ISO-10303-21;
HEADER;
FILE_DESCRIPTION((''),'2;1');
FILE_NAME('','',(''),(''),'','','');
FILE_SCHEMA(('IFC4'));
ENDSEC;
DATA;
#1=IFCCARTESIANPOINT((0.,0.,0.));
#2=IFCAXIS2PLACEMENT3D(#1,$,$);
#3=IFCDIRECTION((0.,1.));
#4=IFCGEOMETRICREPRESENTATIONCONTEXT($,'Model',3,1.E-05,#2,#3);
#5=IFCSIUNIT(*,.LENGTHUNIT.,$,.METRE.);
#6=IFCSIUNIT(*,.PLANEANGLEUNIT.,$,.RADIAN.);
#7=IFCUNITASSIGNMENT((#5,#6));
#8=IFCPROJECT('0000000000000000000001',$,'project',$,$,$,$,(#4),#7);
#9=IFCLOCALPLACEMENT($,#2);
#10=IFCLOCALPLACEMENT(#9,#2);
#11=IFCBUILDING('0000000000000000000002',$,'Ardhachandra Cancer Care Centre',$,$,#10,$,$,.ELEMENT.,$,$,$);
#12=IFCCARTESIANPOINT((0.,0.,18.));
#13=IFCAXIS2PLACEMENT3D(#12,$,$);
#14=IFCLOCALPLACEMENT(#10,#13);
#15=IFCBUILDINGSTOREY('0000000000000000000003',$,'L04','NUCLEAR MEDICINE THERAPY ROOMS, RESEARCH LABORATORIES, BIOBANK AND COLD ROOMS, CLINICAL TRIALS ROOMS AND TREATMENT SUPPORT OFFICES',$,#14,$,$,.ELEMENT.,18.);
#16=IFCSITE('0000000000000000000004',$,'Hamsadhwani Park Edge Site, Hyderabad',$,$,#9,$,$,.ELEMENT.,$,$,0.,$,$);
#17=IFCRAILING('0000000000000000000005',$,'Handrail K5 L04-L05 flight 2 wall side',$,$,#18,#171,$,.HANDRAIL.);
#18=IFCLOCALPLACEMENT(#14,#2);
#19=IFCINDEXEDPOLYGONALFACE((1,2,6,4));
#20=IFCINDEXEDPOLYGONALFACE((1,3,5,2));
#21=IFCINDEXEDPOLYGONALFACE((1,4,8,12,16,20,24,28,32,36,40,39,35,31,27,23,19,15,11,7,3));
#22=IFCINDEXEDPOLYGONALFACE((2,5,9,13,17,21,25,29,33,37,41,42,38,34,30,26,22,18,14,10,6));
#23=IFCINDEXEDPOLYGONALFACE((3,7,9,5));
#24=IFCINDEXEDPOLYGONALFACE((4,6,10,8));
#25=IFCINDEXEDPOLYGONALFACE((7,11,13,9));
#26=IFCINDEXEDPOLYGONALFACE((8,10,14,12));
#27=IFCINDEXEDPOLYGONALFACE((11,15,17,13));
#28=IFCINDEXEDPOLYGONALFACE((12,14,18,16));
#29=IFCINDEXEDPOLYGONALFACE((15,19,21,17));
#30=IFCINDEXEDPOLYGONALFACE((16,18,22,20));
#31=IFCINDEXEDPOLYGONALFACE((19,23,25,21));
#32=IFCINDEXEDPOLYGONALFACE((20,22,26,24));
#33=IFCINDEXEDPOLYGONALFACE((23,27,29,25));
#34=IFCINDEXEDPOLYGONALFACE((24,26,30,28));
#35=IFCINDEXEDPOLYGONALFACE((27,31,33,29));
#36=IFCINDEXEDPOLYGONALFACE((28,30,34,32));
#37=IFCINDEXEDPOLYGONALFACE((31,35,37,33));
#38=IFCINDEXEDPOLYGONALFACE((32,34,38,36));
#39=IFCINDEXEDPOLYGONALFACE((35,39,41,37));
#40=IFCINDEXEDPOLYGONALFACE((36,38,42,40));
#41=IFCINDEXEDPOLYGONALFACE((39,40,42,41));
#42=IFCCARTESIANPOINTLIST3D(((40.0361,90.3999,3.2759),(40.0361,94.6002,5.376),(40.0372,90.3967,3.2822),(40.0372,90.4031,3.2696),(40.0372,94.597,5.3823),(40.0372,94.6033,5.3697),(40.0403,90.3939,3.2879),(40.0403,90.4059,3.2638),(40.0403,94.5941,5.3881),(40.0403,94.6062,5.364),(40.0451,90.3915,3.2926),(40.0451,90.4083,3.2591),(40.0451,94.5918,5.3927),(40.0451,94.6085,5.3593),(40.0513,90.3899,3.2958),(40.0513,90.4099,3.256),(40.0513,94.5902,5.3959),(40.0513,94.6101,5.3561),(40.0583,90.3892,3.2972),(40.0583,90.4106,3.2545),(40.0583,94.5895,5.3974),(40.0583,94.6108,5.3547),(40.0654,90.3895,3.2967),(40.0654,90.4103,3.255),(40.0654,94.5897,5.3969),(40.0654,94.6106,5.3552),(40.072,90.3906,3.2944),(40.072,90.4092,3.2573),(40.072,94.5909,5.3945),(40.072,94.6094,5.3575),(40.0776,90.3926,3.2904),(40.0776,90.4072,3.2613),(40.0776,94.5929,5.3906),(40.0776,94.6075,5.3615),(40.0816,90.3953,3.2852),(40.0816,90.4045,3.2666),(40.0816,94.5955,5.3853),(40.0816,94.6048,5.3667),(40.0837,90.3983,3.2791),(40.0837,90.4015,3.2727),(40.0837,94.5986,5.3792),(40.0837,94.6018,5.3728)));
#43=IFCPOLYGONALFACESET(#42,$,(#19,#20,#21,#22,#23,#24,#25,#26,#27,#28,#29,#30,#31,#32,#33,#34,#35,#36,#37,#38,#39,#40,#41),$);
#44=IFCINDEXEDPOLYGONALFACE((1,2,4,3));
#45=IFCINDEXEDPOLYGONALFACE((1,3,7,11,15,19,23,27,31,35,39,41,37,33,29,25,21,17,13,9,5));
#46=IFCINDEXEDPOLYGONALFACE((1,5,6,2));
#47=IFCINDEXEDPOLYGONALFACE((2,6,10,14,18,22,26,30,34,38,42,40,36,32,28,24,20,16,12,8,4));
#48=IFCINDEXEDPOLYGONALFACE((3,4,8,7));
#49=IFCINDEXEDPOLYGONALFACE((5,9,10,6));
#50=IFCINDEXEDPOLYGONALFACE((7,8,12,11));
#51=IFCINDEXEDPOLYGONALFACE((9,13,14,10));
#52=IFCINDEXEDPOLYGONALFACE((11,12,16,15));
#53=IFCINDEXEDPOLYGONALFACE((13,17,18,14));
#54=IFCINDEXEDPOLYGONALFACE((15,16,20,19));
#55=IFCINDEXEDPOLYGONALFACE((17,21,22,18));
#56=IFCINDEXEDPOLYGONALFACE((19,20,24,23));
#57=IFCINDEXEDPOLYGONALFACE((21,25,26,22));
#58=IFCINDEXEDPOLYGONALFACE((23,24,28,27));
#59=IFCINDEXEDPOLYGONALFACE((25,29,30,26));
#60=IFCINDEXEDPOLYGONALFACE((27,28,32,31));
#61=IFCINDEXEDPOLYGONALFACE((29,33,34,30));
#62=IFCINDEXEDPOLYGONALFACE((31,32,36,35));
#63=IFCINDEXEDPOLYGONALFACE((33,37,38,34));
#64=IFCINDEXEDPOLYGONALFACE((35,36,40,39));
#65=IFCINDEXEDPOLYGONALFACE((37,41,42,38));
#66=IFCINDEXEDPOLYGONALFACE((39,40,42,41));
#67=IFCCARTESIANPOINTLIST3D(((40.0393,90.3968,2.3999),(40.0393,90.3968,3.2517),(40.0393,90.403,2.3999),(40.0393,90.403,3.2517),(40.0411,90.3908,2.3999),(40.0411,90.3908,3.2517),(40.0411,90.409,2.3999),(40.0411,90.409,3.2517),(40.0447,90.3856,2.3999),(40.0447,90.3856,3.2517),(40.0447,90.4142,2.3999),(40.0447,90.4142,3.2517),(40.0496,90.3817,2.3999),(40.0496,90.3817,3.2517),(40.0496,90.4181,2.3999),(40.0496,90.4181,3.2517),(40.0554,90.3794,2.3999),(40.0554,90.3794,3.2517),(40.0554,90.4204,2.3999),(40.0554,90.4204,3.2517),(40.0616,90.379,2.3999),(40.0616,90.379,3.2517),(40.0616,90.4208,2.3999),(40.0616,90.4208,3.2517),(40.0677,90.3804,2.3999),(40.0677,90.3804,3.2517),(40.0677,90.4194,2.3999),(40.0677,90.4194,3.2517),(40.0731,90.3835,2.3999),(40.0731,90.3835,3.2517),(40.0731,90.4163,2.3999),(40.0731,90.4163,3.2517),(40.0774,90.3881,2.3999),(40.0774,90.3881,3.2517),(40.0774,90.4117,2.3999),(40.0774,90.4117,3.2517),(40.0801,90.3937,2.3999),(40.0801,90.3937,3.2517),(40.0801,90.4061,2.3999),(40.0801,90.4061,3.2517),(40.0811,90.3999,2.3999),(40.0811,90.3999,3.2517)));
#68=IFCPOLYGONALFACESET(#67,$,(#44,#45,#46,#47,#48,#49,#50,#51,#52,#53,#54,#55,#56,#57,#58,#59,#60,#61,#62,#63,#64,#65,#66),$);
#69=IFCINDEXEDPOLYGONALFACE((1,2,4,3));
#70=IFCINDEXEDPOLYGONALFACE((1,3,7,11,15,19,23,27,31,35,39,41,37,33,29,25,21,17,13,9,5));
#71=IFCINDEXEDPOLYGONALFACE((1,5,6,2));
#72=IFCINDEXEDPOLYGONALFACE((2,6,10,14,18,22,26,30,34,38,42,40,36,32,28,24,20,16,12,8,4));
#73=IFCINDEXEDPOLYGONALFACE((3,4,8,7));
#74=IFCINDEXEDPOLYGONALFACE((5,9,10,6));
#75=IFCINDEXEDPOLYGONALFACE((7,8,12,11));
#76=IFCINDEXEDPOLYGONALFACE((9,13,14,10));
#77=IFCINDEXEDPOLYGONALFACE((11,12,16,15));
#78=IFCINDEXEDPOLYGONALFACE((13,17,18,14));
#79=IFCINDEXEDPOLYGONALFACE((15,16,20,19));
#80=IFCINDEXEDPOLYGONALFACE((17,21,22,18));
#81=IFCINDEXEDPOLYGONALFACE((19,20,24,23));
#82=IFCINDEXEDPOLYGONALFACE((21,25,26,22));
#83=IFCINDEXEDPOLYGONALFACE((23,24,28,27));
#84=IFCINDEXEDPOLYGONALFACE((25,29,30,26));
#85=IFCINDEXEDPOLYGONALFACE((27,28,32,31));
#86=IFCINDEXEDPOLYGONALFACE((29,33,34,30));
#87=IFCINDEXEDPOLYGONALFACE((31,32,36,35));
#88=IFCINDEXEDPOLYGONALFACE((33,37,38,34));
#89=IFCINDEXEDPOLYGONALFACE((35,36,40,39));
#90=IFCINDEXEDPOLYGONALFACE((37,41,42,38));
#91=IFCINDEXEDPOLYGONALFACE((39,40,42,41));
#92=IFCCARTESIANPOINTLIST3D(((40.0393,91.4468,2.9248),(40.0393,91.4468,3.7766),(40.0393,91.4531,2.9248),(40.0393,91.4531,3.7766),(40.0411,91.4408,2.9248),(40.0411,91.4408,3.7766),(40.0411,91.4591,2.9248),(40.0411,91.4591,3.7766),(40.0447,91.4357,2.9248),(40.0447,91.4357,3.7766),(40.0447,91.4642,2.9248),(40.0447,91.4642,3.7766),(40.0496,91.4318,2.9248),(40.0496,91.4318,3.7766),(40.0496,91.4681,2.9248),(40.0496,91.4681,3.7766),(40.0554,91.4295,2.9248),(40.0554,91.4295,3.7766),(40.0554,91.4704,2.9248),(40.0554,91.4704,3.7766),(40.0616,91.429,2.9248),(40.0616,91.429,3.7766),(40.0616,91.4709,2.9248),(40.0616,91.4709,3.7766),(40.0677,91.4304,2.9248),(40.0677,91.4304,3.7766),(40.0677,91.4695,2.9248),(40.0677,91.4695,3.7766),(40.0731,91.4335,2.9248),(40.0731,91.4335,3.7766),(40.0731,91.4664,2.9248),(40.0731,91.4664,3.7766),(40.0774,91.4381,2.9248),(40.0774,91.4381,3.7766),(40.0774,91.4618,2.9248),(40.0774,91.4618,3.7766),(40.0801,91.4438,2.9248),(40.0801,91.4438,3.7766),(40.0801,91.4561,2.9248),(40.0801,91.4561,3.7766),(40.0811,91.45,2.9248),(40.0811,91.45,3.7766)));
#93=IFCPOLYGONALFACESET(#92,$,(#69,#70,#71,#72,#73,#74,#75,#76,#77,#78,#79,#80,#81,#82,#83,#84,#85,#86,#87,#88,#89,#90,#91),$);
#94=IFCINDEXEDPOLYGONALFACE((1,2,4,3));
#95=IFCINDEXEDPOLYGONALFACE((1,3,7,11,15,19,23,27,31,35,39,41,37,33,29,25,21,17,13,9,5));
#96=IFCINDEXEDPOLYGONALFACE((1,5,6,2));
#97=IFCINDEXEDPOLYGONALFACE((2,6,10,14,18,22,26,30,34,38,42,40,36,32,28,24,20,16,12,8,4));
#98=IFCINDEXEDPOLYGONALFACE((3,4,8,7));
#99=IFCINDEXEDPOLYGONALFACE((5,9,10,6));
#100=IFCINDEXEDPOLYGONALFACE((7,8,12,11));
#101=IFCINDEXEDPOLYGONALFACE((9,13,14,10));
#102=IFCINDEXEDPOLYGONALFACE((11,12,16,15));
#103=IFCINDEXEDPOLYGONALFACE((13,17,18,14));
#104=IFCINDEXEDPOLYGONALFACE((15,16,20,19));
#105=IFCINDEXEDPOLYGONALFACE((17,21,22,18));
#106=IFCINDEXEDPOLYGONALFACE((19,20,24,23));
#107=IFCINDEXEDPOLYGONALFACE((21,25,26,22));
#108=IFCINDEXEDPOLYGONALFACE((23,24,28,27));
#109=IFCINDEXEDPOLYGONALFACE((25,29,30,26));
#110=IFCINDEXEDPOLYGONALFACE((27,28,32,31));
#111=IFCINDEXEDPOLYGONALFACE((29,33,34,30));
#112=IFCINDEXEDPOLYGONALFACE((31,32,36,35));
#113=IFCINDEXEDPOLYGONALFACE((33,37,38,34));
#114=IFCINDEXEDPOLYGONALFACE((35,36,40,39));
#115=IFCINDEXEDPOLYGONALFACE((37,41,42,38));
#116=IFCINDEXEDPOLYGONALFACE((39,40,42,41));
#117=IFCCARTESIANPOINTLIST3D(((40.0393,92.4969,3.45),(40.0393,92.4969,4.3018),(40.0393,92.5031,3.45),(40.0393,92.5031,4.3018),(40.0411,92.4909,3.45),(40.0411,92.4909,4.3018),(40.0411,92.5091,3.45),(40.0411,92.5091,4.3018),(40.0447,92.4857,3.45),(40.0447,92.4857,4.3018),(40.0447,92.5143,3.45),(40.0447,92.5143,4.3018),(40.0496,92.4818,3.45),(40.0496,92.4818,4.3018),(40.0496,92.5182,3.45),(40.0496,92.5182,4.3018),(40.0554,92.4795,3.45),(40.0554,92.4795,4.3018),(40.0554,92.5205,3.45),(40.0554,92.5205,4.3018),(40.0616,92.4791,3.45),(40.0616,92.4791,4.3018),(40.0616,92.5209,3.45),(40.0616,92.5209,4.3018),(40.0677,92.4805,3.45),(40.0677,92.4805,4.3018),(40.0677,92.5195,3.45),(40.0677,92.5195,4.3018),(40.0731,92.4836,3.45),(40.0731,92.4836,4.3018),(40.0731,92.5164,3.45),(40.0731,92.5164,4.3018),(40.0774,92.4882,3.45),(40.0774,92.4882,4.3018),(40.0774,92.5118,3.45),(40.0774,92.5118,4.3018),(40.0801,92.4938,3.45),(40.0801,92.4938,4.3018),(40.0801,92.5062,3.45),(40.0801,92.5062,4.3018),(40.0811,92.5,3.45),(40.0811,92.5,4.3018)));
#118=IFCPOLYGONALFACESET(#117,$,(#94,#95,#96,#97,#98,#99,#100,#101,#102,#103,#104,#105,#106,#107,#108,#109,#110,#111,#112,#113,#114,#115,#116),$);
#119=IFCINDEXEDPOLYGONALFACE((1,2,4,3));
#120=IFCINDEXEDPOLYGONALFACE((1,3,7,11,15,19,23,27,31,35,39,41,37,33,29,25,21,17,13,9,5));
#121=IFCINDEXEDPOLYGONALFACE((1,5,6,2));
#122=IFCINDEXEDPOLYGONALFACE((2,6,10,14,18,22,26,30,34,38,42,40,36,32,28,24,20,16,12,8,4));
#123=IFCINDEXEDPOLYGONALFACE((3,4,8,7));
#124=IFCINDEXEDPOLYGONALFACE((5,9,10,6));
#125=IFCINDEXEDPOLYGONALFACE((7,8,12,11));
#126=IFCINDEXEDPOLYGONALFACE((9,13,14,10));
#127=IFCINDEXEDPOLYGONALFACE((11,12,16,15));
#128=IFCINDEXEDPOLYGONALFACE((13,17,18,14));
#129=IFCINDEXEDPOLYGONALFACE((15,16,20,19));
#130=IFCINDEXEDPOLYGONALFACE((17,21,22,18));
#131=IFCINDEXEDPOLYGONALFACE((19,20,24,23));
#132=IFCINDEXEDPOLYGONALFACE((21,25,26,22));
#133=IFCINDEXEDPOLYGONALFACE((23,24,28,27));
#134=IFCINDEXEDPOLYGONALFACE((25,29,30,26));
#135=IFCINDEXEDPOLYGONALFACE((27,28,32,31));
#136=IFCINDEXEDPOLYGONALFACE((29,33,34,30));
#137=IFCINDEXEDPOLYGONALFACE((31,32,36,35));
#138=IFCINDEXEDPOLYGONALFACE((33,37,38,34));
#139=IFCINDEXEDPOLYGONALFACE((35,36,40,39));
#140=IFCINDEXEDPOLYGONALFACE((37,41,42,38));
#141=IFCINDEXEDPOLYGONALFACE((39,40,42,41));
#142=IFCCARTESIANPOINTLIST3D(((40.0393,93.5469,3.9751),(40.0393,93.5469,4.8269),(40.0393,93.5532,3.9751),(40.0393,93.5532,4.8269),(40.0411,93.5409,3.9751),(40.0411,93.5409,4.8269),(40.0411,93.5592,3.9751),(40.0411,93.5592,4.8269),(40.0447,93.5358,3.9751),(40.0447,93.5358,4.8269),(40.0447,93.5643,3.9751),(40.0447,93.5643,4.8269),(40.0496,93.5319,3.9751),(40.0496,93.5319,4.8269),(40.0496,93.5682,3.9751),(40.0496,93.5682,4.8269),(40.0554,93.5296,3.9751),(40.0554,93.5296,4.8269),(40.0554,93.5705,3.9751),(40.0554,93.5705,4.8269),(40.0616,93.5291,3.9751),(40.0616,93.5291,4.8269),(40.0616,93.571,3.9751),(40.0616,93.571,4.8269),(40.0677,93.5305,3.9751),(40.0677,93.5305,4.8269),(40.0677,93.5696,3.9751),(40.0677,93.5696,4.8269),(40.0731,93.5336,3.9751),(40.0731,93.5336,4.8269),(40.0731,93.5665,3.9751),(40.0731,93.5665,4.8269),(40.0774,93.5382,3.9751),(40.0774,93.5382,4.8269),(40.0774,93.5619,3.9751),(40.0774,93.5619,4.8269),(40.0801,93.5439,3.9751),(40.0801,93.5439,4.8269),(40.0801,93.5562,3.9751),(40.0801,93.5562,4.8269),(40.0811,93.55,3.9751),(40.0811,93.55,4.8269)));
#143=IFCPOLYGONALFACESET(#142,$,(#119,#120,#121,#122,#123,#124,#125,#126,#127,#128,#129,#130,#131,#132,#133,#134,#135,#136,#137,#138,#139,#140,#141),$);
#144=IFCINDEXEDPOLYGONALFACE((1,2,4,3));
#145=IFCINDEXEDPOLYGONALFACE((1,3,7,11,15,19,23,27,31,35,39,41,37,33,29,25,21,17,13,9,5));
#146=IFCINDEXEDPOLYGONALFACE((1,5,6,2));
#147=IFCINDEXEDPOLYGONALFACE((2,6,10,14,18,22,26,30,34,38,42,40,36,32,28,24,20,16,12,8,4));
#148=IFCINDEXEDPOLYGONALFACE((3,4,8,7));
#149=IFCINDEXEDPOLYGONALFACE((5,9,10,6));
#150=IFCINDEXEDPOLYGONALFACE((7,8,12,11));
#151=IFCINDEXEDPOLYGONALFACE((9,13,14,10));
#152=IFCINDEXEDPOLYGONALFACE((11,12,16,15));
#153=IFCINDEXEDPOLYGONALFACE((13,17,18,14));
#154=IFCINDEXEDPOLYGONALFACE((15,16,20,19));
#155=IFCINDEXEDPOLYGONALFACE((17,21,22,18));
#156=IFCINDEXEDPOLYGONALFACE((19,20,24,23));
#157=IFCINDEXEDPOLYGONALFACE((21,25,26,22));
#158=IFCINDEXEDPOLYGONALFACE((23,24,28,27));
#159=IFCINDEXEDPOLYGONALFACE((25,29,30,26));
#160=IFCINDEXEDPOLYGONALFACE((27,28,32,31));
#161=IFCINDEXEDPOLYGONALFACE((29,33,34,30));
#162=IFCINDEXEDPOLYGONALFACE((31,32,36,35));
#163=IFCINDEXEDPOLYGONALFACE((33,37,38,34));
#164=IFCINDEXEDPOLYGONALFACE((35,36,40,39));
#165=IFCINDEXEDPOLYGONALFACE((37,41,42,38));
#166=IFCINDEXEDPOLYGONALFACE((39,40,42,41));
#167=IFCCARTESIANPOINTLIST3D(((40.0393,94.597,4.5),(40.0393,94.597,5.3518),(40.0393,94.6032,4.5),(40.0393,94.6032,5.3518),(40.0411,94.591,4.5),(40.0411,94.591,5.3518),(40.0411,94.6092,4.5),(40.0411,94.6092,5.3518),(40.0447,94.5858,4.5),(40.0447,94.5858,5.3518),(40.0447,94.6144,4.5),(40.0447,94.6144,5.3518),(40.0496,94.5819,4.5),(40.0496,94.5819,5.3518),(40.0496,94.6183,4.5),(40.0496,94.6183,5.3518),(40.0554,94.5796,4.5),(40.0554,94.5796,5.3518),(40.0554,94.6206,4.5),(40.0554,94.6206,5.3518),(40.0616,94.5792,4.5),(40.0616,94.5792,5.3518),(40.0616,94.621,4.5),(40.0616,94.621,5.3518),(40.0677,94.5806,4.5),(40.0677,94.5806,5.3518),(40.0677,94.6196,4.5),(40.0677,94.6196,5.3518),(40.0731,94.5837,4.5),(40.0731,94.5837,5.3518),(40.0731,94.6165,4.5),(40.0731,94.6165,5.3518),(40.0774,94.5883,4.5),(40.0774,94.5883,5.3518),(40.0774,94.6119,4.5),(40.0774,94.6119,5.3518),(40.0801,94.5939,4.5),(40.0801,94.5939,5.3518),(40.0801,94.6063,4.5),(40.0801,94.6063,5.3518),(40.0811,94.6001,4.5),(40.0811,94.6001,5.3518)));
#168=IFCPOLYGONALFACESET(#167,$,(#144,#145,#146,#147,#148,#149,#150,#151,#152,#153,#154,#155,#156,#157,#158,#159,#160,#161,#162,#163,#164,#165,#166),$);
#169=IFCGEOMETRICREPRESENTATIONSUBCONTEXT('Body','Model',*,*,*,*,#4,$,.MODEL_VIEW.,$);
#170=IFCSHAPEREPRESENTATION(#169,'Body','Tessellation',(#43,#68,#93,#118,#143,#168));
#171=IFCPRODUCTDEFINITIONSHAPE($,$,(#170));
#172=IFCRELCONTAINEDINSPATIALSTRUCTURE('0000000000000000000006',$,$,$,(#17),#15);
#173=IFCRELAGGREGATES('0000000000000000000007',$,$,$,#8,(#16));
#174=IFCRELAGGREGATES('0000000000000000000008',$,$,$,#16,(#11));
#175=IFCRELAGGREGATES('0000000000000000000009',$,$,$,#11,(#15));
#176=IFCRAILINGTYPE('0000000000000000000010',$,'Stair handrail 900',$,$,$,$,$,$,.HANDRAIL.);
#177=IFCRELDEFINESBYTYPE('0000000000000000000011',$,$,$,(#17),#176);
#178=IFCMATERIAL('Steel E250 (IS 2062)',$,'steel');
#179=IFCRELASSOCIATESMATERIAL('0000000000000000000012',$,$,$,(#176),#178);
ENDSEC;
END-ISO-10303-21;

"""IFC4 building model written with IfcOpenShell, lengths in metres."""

from ifc_helpers import new_model, si_unit, direction, frame, origin, origin_2d, place, context, subcontext, project, spatial, circle, extrude, material, type_object, element, save


model = new_model("IFC4")

# Units and contexts
model_context = context("Model", 3, precision=1e-05, world=origin(), true_north=direction((0.0, 1.0)))
body_context = subcontext(model_context, "Body", "Model", "MODEL_VIEW")
ifc_project = project(units=[si_unit("LENGTHUNIT", "METRE"), si_unit("PLANEANGLEUNIT", "RADIAN")], contexts=[model_context])

# Site, building, storey
site_placement = place(None, origin())
site = spatial("IfcSite", under=ifc_project, at=site_placement, Name="Hamsadhwani Park Edge Site, Hyderabad", CompositionType="ELEMENT", RefElevation=0.0)
building_placement = place(site_placement, origin())
building = spatial("IfcBuilding", under=site, at=building_placement, Name="Ardhachandra Cancer Care Centre", CompositionType="ELEMENT")
storey_placement = place(building_placement, frame((0.0, 0.0, 18.0)))
storey = spatial("IfcBuildingStorey", under=building, at=storey_placement, Name="L04", Description="NUCLEAR MEDICINE THERAPY ROOMS, RESEARCH LABORATORIES, BIOBANK AND COLD ROOMS, CLINICAL TRIALS ROOMS AND TREATMENT SUPPORT OFFICES", CompositionType="ELEMENT", Elevation=18.0)

# Railing
ifc_material_1 = material(Name="Steel E250 (IS 2062)", Category="steel")
railing_type = type_object("IfcRailingType", Name="Stair handrail 900", PredefinedType="HANDRAIL", material=ifc_material_1)
railing_placement = place(storey_placement, frame((40.0601, 90.3999, 2.3999)))
element("IfcRailing", 1, at=railing_placement, inside=storey, type_object=railing_type, Name="Handrail K5 L04-L05 flight 2 wall side", PredefinedType="HANDRAIL", context=body_context, shape_type="SweptSolid", body=[
    extrude(circle(Radius=0.0239, at=origin_2d()), frame((0.0, 0.0, 0.876), z_axis=(0.0, 0.894427, 0.447214), x_axis=(-1.0, 0.0, 0.0)), (0.0, 0.0, 1.0), 4.696),
    extrude(circle(Radius=0.021, at=origin_2d()), origin(), (0.0, 0.0, 1.0), 0.8518),
    extrude(circle(Radius=0.021, at=origin_2d()), frame((0.0, 1.05, 0.5249)), (0.0, 0.0, 1.0), 0.8518),
    extrude(circle(Radius=0.021, at=origin_2d()), frame((0.0, 2.1001, 1.05)), (0.0, 0.0, 1.0), 0.8518),
    extrude(circle(Radius=0.021, at=origin_2d()), frame((0.0, 3.1501, 1.5752)), (0.0, 0.0, 1.0), 0.8518),
    extrude(circle(Radius=0.021, at=origin_2d()), frame((0.0, 4.2002, 2.1001)), (0.0, 0.0, 1.0), 0.8518),
])

save(model, "model.ifc")
